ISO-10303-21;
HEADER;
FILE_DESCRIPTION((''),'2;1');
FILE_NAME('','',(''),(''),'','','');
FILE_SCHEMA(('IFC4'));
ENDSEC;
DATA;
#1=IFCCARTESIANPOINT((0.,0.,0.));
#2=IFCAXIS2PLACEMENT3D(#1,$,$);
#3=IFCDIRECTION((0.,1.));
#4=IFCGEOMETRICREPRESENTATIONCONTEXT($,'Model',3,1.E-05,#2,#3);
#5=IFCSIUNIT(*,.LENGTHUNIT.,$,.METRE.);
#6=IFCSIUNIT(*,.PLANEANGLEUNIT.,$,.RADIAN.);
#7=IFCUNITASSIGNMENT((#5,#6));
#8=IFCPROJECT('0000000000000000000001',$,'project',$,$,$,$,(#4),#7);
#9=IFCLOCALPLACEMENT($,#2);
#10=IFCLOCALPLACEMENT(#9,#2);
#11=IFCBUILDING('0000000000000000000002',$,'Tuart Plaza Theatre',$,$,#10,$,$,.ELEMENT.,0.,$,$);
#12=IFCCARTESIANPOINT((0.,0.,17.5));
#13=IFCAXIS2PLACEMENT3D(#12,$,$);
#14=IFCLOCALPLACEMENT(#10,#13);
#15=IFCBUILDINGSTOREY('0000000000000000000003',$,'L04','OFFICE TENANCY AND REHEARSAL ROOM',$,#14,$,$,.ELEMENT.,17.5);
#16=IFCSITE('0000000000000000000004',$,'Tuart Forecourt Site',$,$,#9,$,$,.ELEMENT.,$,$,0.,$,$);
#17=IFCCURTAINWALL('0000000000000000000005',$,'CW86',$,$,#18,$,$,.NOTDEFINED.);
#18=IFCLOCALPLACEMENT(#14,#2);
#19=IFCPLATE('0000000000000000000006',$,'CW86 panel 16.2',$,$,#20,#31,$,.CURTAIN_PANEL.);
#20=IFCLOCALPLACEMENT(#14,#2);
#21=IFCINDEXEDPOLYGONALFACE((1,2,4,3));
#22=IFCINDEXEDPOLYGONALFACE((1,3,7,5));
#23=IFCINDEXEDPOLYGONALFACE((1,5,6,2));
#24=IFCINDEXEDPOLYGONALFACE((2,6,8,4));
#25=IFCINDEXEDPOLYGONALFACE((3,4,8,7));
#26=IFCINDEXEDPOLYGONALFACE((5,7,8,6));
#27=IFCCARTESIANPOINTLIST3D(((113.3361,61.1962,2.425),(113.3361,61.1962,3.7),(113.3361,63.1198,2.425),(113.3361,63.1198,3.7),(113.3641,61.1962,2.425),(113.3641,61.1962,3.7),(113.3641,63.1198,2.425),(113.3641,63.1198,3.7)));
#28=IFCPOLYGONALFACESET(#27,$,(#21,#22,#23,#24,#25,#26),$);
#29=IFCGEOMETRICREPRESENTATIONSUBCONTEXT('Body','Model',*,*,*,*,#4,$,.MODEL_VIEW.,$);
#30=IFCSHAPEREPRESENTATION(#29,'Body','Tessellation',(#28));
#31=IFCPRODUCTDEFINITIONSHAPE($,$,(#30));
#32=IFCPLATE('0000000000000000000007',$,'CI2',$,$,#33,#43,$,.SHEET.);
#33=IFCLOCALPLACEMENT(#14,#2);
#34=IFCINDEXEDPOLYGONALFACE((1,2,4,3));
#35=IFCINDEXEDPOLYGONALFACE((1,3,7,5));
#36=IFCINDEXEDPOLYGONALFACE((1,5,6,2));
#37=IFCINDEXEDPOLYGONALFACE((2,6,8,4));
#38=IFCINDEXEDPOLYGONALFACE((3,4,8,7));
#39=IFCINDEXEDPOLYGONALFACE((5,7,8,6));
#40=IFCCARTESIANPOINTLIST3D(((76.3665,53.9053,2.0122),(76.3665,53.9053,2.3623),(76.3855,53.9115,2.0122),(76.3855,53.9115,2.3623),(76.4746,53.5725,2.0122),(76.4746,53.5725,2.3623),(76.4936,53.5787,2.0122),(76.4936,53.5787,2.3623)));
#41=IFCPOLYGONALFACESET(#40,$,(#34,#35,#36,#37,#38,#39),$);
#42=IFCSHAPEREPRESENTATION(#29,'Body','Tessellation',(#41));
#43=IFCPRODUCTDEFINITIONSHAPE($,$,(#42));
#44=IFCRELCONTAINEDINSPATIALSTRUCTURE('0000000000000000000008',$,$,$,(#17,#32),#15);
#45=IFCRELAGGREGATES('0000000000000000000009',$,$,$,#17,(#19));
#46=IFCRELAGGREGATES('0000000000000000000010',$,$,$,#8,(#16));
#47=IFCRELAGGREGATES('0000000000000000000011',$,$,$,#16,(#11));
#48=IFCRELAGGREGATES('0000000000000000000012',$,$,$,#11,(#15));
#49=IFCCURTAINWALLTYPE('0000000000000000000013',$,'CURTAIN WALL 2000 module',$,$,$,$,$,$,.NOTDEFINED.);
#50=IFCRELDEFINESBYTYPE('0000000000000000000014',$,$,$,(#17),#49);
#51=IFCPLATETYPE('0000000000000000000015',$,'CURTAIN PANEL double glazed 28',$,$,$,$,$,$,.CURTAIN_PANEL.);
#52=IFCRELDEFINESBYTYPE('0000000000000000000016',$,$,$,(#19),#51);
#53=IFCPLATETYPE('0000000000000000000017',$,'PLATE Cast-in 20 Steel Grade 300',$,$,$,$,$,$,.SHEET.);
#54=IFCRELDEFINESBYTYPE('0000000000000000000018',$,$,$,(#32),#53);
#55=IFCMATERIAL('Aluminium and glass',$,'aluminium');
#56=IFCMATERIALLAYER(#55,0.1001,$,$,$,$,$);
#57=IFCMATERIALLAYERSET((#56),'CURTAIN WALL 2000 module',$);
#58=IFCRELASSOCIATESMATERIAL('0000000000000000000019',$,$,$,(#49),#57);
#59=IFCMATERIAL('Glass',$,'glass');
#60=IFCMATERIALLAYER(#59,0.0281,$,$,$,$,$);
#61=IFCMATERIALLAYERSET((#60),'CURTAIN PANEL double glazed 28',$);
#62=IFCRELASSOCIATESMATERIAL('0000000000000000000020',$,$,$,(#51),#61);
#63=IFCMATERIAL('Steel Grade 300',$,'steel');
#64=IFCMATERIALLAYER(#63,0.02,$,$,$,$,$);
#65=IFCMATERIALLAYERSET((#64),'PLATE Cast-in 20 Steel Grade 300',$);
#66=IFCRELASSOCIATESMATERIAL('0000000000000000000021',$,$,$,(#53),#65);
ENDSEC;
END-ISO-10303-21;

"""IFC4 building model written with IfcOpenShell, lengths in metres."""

from ifc_helpers import new_model, si_unit, direction, frame, origin, origin_2d, place, context, subcontext, project, spatial, polyline, rectangle, outline, extrude, material, layer, layer_set, type_object, element, aggregate, save


model = new_model("IFC4")

# Units and contexts
model_context = context("Model", 3, precision=1e-05, world=origin(), true_north=direction((0.0, 1.0)))
body_context = subcontext(model_context, "Body", "Model", "MODEL_VIEW")
ifc_project = project(units=[si_unit("LENGTHUNIT", "METRE"), si_unit("PLANEANGLEUNIT", "RADIAN")], contexts=[model_context])

# Site, building, storey
site_placement = place(None, origin())
site = spatial("IfcSite", under=ifc_project, at=site_placement, Name="Tuart Forecourt Site", CompositionType="ELEMENT", RefElevation=0.0)
building_placement = place(site_placement, origin())
building = spatial("IfcBuilding", under=site, at=building_placement, Name="Tuart Plaza Theatre", CompositionType="ELEMENT", ElevationOfRefHeight=0.0)
storey_placement = place(building_placement, frame((0.0, 0.0, 17.5)))
storey = spatial("IfcBuildingStorey", under=building, at=storey_placement, Name="L04", Description="OFFICE TENANCY AND REHEARSAL ROOM", CompositionType="ELEMENT", Elevation=17.5)

# Curtain wall, plate
ifc_material_1 = material(Name="Aluminium and glass", Category="aluminium")
ifc_layer_1 = layer(ifc_material_1, 0.1001)
ifc_layer_set_1 = layer_set([ifc_layer_1], Name="CURTAIN WALL 2000 module")
curtain_wall_type = type_object("IfcCurtainWallType", Name="CURTAIN WALL 2000 module", PredefinedType="NOTDEFINED", material=ifc_layer_set_1)
curtain_wall_placement = place(storey_placement, origin())
curtain_wall = element("IfcCurtainWall", 1, at=curtain_wall_placement, inside=storey, type_object=curtain_wall_type, Name="CW86", PredefinedType="NOTDEFINED")
ifc_material_2 = material(Name="Glass", Category="glass")
ifc_layer_2 = layer(ifc_material_2, 0.0281)
ifc_layer_set_2 = layer_set([ifc_layer_2], Name="CURTAIN PANEL double glazed 28")
plate_type_1 = type_object("IfcPlateType", Name="CURTAIN PANEL double glazed 28", PredefinedType="CURTAIN_PANEL", material=ifc_layer_set_2)
plate_1_placement = place(storey_placement, frame((113.3501, 62.158, 2.425), z_axis=(0.0, 0.0, 1.0), x_axis=(0.0, -1.0, 0.0)))
plate_1 = element("IfcPlate", 2, at=plate_1_placement, type_object=plate_type_1, Name="CW86 panel 16.2", PredefinedType="CURTAIN_PANEL", context=body_context, shape_type="SweptSolid", body=[
    extrude(rectangle(XDim=1.9236, YDim=0.0281, at=origin_2d()), origin(), (0.0, 0.0, 1.0), 1.2749),
])
aggregate(curtain_wall, [plate_1])

# Plate
ifc_material_3 = material(Name="Steel Grade 300", Category="steel")
ifc_layer_3 = layer(ifc_material_3, 0.02)
ifc_layer_set_3 = layer_set([ifc_layer_3], Name="PLATE Cast-in 20 Steel Grade 300")
plate_type_2 = type_object("IfcPlateType", Name="PLATE Cast-in 20 Steel Grade 300", PredefinedType="SHEET", material=ifc_layer_set_3)
plate_2_placement = place(storey_placement, frame((76.4746, 53.5725, 2.3623), z_axis=(-0.951029, -0.309102, 0.0), x_axis=(-0.309102, 0.951029, 0.0)))
element("IfcPlate", 3, at=plate_2_placement, inside=storey, type_object=plate_type_2, Name="CI2", PredefinedType="SHEET", context=body_context, shape_type="SweptSolid", body=[
    extrude(outline(polyline([(0.0, 0.0), (0.3499, 0.0), (0.3499, 0.3501), (0.0, 0.3501), (0.0, 0.0)])), origin(), (0.0, 0.0, -1.0), 0.02),
])

save(model, "model.ifc")
